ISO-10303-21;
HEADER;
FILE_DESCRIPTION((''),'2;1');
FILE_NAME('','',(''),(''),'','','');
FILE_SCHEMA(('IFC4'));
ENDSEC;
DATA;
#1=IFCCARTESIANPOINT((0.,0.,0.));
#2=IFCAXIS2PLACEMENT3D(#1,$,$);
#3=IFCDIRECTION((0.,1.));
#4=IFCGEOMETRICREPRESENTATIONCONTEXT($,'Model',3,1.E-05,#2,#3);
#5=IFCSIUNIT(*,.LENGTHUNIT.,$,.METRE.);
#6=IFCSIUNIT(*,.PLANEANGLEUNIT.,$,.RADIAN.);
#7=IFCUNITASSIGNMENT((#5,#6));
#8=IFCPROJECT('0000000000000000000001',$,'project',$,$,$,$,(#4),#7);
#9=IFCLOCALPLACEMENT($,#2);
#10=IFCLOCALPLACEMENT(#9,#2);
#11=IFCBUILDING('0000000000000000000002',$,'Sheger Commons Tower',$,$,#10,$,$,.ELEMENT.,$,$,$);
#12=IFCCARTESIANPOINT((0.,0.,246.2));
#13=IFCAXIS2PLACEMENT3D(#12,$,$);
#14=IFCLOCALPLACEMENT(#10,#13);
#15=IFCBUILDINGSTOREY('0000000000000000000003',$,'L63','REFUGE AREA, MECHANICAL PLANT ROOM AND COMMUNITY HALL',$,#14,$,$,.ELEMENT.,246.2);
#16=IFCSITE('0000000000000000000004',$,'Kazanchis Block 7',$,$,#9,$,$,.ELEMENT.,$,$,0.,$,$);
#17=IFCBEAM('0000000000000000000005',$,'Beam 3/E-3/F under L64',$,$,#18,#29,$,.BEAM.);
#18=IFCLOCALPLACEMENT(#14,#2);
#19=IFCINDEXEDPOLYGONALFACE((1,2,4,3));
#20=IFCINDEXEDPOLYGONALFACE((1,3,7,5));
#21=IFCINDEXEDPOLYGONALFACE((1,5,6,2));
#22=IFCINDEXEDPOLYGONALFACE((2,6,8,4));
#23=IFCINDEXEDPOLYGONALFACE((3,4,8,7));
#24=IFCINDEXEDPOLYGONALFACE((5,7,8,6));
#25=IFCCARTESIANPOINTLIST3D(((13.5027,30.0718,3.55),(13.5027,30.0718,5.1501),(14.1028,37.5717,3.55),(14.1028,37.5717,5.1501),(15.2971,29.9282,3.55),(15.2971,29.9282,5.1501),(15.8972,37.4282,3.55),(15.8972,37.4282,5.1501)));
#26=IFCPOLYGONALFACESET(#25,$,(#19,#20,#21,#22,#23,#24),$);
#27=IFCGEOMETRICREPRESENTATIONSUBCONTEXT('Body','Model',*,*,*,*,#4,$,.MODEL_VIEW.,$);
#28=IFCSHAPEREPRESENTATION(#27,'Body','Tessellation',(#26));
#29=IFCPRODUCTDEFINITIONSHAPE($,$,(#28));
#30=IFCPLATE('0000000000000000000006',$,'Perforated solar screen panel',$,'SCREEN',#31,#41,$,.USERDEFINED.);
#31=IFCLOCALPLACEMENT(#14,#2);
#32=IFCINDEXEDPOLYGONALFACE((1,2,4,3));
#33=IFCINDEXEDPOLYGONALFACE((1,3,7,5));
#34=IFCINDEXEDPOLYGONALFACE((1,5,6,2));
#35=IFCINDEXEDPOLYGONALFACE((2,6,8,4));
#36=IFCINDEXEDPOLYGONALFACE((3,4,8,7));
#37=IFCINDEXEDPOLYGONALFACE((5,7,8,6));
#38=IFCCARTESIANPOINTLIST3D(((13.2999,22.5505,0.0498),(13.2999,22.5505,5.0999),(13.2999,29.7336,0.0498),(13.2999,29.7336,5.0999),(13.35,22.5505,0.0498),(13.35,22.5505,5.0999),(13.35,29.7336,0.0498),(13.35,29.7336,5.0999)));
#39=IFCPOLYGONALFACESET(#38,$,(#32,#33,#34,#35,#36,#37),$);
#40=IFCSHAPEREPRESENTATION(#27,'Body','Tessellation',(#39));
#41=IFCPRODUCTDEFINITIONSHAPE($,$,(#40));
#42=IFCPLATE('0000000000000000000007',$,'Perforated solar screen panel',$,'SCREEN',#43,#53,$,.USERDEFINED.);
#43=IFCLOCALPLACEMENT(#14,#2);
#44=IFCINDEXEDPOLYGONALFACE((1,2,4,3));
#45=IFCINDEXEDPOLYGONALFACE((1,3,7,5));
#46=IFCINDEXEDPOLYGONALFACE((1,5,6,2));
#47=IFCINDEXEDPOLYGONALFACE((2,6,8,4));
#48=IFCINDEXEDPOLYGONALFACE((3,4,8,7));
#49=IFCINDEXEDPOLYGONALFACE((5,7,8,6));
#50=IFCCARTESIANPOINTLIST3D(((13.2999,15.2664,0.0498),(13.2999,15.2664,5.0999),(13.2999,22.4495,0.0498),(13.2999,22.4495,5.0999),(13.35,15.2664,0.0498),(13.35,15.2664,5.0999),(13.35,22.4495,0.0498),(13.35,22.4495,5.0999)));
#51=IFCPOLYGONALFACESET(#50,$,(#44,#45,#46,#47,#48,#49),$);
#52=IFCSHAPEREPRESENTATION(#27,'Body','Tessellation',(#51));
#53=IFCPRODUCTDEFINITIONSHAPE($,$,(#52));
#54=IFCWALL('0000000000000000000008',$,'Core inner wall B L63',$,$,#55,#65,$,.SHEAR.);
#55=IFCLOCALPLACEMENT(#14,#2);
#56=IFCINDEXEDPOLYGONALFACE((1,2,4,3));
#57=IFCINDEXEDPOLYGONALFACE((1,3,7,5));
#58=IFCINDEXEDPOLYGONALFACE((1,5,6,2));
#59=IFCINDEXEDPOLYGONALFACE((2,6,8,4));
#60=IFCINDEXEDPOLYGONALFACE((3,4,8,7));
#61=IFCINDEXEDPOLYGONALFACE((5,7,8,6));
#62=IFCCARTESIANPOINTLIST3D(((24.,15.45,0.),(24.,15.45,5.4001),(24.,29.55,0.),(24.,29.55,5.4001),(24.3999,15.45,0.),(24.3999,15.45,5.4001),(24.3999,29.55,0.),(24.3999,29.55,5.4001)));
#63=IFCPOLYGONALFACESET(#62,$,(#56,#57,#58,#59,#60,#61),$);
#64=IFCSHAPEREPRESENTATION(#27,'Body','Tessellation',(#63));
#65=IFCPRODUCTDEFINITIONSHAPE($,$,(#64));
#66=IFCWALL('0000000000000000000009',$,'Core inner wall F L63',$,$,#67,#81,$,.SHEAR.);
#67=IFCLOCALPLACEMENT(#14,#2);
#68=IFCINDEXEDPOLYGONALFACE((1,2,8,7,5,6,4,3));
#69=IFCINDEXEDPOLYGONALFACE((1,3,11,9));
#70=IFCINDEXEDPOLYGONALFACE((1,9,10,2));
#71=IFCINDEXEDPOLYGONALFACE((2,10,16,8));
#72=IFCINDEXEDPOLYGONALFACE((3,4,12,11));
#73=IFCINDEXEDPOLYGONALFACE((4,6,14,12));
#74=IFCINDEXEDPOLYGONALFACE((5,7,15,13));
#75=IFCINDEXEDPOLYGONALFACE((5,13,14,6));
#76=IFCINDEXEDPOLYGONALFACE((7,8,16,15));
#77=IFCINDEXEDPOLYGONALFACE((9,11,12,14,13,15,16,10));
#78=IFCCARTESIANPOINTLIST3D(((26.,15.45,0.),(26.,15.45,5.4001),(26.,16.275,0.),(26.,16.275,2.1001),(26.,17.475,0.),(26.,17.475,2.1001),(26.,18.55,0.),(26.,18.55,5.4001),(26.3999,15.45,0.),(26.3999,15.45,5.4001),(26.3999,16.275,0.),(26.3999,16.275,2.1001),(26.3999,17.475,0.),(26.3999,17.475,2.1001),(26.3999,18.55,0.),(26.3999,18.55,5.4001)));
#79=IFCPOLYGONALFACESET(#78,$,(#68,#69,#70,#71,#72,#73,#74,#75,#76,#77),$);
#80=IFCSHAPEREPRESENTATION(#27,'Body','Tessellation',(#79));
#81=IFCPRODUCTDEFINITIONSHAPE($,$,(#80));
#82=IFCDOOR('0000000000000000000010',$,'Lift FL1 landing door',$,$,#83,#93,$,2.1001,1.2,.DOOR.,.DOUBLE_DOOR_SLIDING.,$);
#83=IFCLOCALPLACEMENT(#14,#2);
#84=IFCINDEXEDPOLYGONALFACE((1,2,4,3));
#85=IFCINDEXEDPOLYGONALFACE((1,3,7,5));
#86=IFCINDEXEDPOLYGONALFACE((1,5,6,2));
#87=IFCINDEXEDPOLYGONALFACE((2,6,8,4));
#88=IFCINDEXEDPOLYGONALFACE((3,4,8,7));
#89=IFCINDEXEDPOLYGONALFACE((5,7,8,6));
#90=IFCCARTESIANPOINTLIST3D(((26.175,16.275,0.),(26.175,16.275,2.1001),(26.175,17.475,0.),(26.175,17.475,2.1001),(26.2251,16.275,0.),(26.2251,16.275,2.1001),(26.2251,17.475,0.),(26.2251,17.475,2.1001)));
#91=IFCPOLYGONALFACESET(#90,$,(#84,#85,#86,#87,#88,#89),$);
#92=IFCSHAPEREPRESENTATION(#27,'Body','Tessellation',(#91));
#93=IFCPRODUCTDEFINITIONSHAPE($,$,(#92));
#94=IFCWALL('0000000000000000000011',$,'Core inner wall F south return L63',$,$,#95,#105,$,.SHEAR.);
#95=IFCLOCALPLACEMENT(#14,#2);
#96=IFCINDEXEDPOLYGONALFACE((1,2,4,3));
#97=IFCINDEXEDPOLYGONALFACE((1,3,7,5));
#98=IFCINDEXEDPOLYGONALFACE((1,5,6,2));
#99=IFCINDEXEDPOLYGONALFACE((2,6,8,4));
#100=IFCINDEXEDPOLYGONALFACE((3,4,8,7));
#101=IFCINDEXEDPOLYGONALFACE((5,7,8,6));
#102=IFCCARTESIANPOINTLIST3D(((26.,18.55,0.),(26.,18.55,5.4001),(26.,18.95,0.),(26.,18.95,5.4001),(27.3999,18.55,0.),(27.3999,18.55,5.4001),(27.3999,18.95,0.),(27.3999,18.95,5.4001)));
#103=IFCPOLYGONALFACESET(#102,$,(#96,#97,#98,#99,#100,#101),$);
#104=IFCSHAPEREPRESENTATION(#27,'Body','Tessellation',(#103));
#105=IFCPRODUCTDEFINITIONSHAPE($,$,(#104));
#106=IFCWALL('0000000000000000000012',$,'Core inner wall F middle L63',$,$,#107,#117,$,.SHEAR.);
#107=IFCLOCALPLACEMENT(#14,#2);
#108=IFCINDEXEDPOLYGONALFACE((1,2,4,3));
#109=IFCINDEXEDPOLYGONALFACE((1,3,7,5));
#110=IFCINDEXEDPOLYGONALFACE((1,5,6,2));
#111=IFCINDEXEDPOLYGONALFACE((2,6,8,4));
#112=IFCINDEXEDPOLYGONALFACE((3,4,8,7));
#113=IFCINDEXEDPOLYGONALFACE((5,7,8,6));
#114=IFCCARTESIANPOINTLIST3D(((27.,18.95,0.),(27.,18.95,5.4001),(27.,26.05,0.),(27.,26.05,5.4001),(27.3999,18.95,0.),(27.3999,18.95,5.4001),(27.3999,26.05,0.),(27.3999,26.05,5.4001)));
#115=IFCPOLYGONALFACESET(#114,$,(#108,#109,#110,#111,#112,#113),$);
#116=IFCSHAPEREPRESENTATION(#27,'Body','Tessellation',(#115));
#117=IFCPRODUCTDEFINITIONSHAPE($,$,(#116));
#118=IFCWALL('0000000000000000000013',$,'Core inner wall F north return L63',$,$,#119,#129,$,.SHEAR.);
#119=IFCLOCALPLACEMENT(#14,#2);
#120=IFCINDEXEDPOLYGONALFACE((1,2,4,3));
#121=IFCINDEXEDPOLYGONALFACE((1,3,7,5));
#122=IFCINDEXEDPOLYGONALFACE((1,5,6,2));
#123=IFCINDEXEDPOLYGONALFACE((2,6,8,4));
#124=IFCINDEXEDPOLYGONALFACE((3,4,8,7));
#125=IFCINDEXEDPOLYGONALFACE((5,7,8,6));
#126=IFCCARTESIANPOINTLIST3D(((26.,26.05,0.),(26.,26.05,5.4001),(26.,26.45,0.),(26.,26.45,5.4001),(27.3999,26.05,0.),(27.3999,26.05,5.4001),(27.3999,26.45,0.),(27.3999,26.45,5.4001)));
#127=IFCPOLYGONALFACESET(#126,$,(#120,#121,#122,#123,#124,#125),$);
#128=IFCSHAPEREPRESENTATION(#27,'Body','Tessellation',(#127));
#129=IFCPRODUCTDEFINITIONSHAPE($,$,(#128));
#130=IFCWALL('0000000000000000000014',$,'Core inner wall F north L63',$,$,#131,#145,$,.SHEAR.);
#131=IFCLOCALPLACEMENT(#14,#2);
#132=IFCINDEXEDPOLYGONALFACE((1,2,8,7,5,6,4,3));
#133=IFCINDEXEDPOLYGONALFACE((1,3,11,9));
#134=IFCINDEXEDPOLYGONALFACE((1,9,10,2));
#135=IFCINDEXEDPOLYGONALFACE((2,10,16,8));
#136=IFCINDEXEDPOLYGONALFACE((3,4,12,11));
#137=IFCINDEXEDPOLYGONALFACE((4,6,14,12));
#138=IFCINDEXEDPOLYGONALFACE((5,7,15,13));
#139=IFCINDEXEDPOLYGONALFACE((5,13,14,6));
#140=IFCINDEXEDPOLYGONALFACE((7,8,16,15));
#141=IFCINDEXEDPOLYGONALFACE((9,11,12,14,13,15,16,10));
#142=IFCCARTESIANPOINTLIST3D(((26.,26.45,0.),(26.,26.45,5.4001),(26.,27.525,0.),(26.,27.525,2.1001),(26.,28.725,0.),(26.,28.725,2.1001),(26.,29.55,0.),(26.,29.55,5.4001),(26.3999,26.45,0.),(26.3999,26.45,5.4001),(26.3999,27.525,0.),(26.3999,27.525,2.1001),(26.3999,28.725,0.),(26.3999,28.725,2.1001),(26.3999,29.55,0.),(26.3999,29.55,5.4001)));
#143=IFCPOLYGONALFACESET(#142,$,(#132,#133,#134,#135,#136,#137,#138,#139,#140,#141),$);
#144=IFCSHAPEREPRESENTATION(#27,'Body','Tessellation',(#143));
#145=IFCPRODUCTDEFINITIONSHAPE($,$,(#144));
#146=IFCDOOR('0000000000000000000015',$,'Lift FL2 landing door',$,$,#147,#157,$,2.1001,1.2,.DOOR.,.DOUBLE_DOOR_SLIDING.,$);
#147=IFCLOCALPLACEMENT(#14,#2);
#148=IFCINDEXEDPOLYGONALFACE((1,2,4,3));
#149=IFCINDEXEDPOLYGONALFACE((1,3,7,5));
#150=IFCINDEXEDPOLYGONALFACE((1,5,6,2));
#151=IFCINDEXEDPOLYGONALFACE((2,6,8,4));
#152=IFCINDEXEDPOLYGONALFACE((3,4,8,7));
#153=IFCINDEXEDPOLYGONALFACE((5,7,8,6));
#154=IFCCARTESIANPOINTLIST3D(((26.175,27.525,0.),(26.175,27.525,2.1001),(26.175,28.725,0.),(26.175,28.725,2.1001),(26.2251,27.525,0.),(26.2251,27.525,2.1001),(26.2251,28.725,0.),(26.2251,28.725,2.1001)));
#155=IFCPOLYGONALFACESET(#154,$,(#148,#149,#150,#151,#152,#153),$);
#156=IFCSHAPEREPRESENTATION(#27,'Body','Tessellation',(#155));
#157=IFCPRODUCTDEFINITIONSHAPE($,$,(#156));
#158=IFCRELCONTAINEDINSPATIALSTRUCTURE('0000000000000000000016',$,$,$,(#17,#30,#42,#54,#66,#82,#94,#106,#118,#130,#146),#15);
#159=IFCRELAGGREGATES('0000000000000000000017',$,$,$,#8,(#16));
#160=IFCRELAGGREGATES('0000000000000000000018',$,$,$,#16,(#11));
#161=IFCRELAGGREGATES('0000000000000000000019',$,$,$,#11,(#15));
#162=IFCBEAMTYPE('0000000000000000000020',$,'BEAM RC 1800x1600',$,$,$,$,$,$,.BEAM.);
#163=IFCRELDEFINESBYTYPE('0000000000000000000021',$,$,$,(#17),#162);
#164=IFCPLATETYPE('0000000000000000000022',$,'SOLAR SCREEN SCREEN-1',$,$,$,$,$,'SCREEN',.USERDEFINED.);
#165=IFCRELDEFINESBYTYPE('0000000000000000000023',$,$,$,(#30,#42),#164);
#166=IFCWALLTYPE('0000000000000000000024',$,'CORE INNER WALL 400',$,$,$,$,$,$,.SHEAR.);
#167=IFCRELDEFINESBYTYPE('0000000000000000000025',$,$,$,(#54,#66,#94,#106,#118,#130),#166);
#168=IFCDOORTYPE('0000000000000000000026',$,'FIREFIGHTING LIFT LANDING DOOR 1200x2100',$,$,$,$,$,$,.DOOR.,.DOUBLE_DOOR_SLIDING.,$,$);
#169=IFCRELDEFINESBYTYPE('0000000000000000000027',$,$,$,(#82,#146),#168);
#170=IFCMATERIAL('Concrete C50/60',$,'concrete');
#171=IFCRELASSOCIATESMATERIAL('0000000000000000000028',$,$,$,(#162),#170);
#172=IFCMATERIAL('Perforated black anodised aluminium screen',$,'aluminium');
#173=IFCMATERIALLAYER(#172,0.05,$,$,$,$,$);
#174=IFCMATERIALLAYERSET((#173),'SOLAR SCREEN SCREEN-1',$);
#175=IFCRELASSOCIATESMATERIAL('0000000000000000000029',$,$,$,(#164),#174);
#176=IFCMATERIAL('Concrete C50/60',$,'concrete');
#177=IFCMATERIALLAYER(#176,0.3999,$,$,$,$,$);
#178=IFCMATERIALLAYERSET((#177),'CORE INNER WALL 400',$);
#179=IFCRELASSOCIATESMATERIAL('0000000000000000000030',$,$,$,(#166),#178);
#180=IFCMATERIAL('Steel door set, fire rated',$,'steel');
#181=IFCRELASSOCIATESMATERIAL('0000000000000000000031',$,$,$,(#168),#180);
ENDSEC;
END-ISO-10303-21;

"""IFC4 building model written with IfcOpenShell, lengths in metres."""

from ifc_helpers import new_model, si_unit, direction, frame, frame_2d, origin, origin_2d, place, context, subcontext, project, spatial, rectangle, extrude, material, layer, layer_set, material_profile, profile_set, type_object, element, fill, save


model = new_model("IFC4")

# Units and contexts
model_context = context("Model", 3, precision=1e-05, world=origin(), true_north=direction((0.0, 1.0)))
body_context = subcontext(model_context, "Body", "Model", "MODEL_VIEW")
ifc_project = project(units=[si_unit("LENGTHUNIT", "METRE"), si_unit("PLANEANGLEUNIT", "RADIAN")], contexts=[model_context])

# Site, building, storey
site_placement = place(None, origin())
site = spatial("IfcSite", under=ifc_project, at=site_placement, Name="Kazanchis Block 7", CompositionType="ELEMENT", RefElevation=0.0)
building_placement = place(site_placement, origin())
building = spatial("IfcBuilding", under=site, at=building_placement, Name="Sheger Commons Tower", CompositionType="ELEMENT")
storey_placement = place(building_placement, frame((0.0, 0.0, 246.2)))
storey = spatial("IfcBuildingStorey", under=building, at=storey_placement, Name="L63", Description="REFUGE AREA, MECHANICAL PLANT ROOM AND COMMUNITY HALL", CompositionType="ELEMENT", Elevation=246.2)

# Beam
ifc_material_1 = material(Name="Concrete C50/60", Category="concrete")
ifc_material_profile = material_profile(ifc_material_1, rectangle(XDim=1.8, YDim=1.6001, at=origin_2d()), Name="RC 1800x1600")
ifc_profile_set = profile_set([ifc_material_profile], Name="Concrete C50/60")
beam_type = type_object("IfcBeamType", Name="BEAM RC 1800x1600", PredefinedType="BEAM", material=ifc_profile_set)
beam_placement = place(storey_placement, frame((14.3999, 30.0, 4.3501), z_axis=(0.079758, 0.996814, 0.0), x_axis=(-0.996814, 0.079758, 0.0)))
element("IfcBeam", 1, at=beam_placement, inside=storey, type_object=beam_type, Name="Beam 3/E-3/F under L64", PredefinedType="BEAM", context=body_context, shape_type="SweptSolid", body=[
    extrude(rectangle(XDim=1.8, YDim=1.6001, at=origin_2d()), origin(), (0.0, 0.0, 1.0), 7.5239),
])

# Plates
ifc_material_2 = material(Name="Perforated black anodised aluminium screen", Category="aluminium")
ifc_layer_1 = layer(ifc_material_2, 0.05)
ifc_layer_set_1 = layer_set([ifc_layer_1], Name="SOLAR SCREEN SCREEN-1")
plate_type = type_object("IfcPlateType", Name="SOLAR SCREEN SCREEN-1", ElementType="SCREEN", PredefinedType="USERDEFINED", material=ifc_layer_set_1)
for number, where, z_axis, x_axis, name in (
    (2, (13.325, 26.1421, 0.0498), (0.0, 0.0, 1.0), (0.0, -1.0, 0.0), "Perforated solar screen panel"),
    (3, (13.325, 18.8579, 0.0498), (0.0, 0.0, 1.0), (0.0, -1.0, 0.0), "Perforated solar screen panel"),
):
    element("IfcPlate", number, at=place(storey_placement, frame(where, z_axis=z_axis, x_axis=x_axis)), inside=storey, type_object=plate_type, Name=name, ObjectType="SCREEN", PredefinedType="USERDEFINED", context=body_context, shape_type="SweptSolid", body=[
        extrude(rectangle(XDim=7.1831, YDim=0.05, at=origin_2d()), origin(), (0.0, 0.0, 1.0), 5.05),
    ])

# Wall
ifc_material_3 = material(Name="Concrete C50/60", Category="concrete")
ifc_layer_2 = layer(ifc_material_3, 0.3999)
ifc_layer_set_2 = layer_set([ifc_layer_2], Name="CORE INNER WALL 400")
wall_type_1 = type_object("IfcWallType", Name="CORE INNER WALL 400", PredefinedType="SHEAR", material=ifc_layer_set_2)
wall_1_placement = place(storey_placement, frame((24.2, 15.45, 0.0), z_axis=(0.0, 0.0, 1.0), x_axis=(0.0, 1.0, 0.0)))
element("IfcWall", 4, at=wall_1_placement, inside=storey, type_object=wall_type_1, Name="Core inner wall B L63", PredefinedType="SHEAR", context=body_context, shape_type="SweptSolid", body=[
    extrude(rectangle(XDim=14.1001, YDim=0.3999, at=frame_2d((7.05, 0.0))), origin(), (0.0, 0.0, 1.0), 5.4001),
])

# Wall, opening, door
wall_2_placement = place(storey_placement, frame((26.2, 15.45, 0.0), z_axis=(0.0, 0.0, 1.0), x_axis=(0.0, 1.0, 0.0)))
wall_2 = element("IfcWall", 5, at=wall_2_placement, inside=storey, type_object=wall_type_1, Name="Core inner wall F L63", PredefinedType="SHEAR", context=body_context, shape_type="SweptSolid", body=[
    extrude(rectangle(XDim=3.1001, YDim=0.3999, at=frame_2d((1.55, 0.0))), origin(), (0.0, 0.0, 1.0), 5.4001),
])
opening_1_placement = place(wall_2_placement, frame((0.825, 0.0, 0.0)))
opening_1 = element("IfcOpeningElement", 6, at=opening_1_placement, cuts=wall_2, PredefinedType="OPENING", context=body_context, shape_type="SweptSolid", body=[
    extrude(rectangle(XDim=1.2, YDim=2.1001, at=frame_2d((0.6001, 1.05))), frame((0.0, 0.21, 0.0), z_axis=(0.0, -1.0, 0.0), x_axis=(1.0, 0.0, 0.0)), (0.0, 0.0, 1.0), 0.4199),
])
ifc_material_4 = material(Name="Steel door set, fire rated", Category="steel")
door_type_1 = type_object("IfcDoorType", Name="FIREFIGHTING LIFT LANDING DOOR 1200x2100", OperationType="DOUBLE_DOOR_SLIDING", PredefinedType="DOOR", material=ifc_material_4)
door_1_placement = place(opening_1_placement, origin())
door_1 = element("IfcDoor", 7, at=door_1_placement, inside=storey, type_object=door_type_1, Name="Lift FL1 landing door", OperationType="DOUBLE_DOOR_SLIDING", OverallHeight=2.1001, OverallWidth=1.2, PredefinedType="DOOR", context=body_context, shape_type="SweptSolid", body=[
    extrude(rectangle(XDim=1.2, YDim=2.1001, at=frame_2d((0.6001, 1.05))), frame((0.0, 0.0249, 0.0), z_axis=(0.0, -1.0, 0.0), x_axis=(1.0, 0.0, 0.0)), (0.0, 0.0, 1.0), 0.05),
])
fill(opening_1, door_1)

# Walls
wall_3_placement = place(storey_placement, frame((26.0, 18.75, 0.0), z_axis=(0.0, 0.0, 1.0), x_axis=(1.0, 0.0, 0.0)))
element("IfcWall", 8, at=wall_3_placement, inside=storey, type_object=wall_type_1, Name="Core inner wall F south return L63", PredefinedType="SHEAR", context=body_context, shape_type="SweptSolid", body=[
    extrude(rectangle(XDim=1.3999, YDim=0.3999, at=frame_2d((0.7, 0.0))), origin(), (0.0, 0.0, 1.0), 5.4001),
])
wall_4_placement = place(storey_placement, frame((27.2, 18.95, 0.0), z_axis=(0.0, 0.0, 1.0), x_axis=(0.0, 1.0, 0.0)))
element("IfcWall", 9, at=wall_4_placement, inside=storey, type_object=wall_type_1, Name="Core inner wall F middle L63", PredefinedType="SHEAR", context=body_context, shape_type="SweptSolid", body=[
    extrude(rectangle(XDim=7.1001, YDim=0.3999, at=frame_2d((3.55, 0.0))), origin(), (0.0, 0.0, 1.0), 5.4001),
])
wall_5_placement = place(storey_placement, frame((26.0, 26.25, 0.0), z_axis=(0.0, 0.0, 1.0), x_axis=(1.0, 0.0, 0.0)))
element("IfcWall", 10, at=wall_5_placement, inside=storey, type_object=wall_type_1, Name="Core inner wall F north return L63", PredefinedType="SHEAR", context=body_context, shape_type="SweptSolid", body=[
    extrude(rectangle(XDim=1.3999, YDim=0.3999, at=frame_2d((0.7, 0.0))), origin(), (0.0, 0.0, 1.0), 5.4001),
])

# Wall, opening, door
wall_6_placement = place(storey_placement, frame((26.2, 26.45, 0.0), z_axis=(0.0, 0.0, 1.0), x_axis=(0.0, 1.0, 0.0)))
wall_6 = element("IfcWall", 11, at=wall_6_placement, inside=storey, type_object=wall_type_1, Name="Core inner wall F north L63", PredefinedType="SHEAR", context=body_context, shape_type="SweptSolid", body=[
    extrude(rectangle(XDim=3.1001, YDim=0.3999, at=frame_2d((1.55, 0.0))), origin(), (0.0, 0.0, 1.0), 5.4001),
])
opening_2_placement = place(wall_6_placement, frame((1.075, 0.0, 0.0)))
opening_2 = element("IfcOpeningElement", 12, at=opening_2_placement, cuts=wall_6, PredefinedType="OPENING", context=body_context, shape_type="SweptSolid", body=[
    extrude(rectangle(XDim=1.2, YDim=2.1001, at=frame_2d((0.6001, 1.05))), frame((0.0, 0.21, 0.0), z_axis=(0.0, -1.0, 0.0), x_axis=(1.0, 0.0, 0.0)), (0.0, 0.0, 1.0), 0.4199),
])
door_2_placement = place(opening_2_placement, origin())
door_2 = element("IfcDoor", 13, at=door_2_placement, inside=storey, type_object=door_type_1, Name="Lift FL2 landing door", OperationType="DOUBLE_DOOR_SLIDING", OverallHeight=2.1001, OverallWidth=1.2, PredefinedType="DOOR", context=body_context, shape_type="SweptSolid", body=[
    extrude(rectangle(XDim=1.2, YDim=2.1001, at=frame_2d((0.6001, 1.05))), frame((0.0, 0.0249, 0.0), z_axis=(0.0, -1.0, 0.0), x_axis=(1.0, 0.0, 0.0)), (0.0, 0.0, 1.0), 0.05),
])
fill(opening_2, door_2)

save(model, "model.ifc")
